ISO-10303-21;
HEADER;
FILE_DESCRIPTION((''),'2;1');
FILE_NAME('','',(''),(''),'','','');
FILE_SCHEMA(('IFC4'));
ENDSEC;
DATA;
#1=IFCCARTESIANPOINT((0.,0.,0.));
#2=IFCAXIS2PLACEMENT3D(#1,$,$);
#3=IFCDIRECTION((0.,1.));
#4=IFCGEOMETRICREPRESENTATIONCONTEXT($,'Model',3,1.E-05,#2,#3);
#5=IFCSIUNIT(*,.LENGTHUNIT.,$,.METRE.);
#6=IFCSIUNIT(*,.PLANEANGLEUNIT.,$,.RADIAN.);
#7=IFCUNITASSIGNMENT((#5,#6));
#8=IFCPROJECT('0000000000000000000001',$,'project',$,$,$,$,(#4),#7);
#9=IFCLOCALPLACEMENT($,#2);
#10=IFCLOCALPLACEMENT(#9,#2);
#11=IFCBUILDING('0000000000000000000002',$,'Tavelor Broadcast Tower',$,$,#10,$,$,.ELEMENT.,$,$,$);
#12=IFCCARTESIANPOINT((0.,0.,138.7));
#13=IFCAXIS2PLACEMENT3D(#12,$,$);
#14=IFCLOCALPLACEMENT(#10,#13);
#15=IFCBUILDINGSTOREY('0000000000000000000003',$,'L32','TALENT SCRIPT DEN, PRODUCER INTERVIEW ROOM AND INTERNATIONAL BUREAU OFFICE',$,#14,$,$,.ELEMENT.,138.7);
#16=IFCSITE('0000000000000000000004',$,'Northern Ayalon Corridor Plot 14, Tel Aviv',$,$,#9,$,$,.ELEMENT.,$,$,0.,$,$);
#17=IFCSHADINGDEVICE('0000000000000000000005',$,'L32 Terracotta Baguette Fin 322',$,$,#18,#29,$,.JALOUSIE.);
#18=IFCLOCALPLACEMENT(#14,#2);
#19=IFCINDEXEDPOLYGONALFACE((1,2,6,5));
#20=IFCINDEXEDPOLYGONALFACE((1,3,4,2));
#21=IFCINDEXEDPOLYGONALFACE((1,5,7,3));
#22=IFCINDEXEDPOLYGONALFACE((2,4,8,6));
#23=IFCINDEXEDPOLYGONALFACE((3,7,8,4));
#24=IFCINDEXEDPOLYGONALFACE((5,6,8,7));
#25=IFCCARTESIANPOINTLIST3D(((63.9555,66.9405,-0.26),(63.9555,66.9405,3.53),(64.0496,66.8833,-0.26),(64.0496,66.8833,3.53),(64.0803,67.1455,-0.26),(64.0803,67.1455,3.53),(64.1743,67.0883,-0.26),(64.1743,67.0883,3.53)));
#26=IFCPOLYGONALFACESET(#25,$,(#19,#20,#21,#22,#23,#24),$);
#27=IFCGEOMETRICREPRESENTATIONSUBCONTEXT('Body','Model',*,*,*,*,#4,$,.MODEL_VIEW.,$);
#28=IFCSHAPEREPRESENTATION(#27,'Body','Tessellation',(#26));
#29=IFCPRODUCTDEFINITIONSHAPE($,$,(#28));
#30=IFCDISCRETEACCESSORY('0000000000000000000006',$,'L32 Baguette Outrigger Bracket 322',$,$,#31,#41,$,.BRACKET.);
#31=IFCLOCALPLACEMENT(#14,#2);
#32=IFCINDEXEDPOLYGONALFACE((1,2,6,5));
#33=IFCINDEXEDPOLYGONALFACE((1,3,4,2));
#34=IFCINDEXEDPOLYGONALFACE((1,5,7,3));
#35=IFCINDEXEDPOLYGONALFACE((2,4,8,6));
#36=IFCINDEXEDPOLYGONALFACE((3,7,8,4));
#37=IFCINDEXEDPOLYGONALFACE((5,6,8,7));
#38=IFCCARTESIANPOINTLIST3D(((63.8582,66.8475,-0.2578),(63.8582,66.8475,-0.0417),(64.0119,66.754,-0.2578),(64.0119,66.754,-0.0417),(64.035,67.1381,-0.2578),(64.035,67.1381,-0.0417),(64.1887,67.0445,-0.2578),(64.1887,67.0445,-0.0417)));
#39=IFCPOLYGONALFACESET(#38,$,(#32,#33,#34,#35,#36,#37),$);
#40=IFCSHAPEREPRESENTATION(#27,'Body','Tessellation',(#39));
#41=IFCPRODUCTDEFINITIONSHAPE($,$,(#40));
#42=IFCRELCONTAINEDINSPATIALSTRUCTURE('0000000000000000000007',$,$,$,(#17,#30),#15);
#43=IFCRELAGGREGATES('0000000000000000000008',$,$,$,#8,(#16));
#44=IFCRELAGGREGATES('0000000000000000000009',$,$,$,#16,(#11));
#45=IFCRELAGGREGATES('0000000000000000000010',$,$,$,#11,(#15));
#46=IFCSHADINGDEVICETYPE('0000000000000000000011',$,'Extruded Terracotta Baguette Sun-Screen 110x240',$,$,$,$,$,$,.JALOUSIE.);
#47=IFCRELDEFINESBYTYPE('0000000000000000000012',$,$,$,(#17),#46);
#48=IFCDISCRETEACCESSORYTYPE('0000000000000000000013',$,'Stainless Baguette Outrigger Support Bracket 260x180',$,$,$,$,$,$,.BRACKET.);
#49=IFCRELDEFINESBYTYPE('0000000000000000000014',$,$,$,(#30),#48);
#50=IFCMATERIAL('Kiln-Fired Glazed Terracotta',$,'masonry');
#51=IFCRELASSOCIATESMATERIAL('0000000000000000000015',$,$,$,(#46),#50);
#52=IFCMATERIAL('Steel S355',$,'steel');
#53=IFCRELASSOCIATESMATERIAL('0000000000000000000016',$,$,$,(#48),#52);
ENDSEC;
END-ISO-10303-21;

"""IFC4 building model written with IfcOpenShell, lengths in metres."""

from ifc_helpers import new_model, si_unit, direction, frame, origin, origin_2d, place, context, subcontext, project, spatial, rectangle, extrude, source, transform, mapped, material, type_object, type_shapes, element, save


model = new_model("IFC4")

# Units and contexts
model_context = context("Model", 3, precision=1e-05, world=origin(), true_north=direction((0.0, 1.0)))
body_context = subcontext(model_context, "Body", "Model", "MODEL_VIEW")
ifc_project = project(units=[si_unit("LENGTHUNIT", "METRE"), si_unit("PLANEANGLEUNIT", "RADIAN")], contexts=[model_context])

# Site, building, storey
site_placement = place(None, origin())
site = spatial("IfcSite", under=ifc_project, at=site_placement, Name="Northern Ayalon Corridor Plot 14, Tel Aviv", CompositionType="ELEMENT", RefElevation=0.0)
building_placement = place(site_placement, origin())
building = spatial("IfcBuilding", under=site, at=building_placement, Name="Tavelor Broadcast Tower", CompositionType="ELEMENT")
storey_placement = place(building_placement, frame((0.0, 0.0, 138.7)))
storey = spatial("IfcBuildingStorey", under=building, at=storey_placement, Name="L32", Description="TALENT SCRIPT DEN, PRODUCER INTERVIEW ROOM AND INTERNATIONAL BUREAU OFFICE", CompositionType="ELEMENT", Elevation=138.7)

# Shared definitions
ifc_material_1 = material(Name="Steel S355", Category="steel")

# Shading device
ifc_material_2 = material(Name="Kiln-Fired Glazed Terracotta", Category="masonry")
shading_device_type = type_object("IfcShadingDeviceType", Name="Extruded Terracotta Baguette Sun-Screen 110x240", PredefinedType="JALOUSIE", material=ifc_material_2)
shared_shape_1 = source(origin(), body_context, "Body", "SweptSolid", [
    extrude(rectangle(XDim=0.1101, YDim=0.24, at=origin_2d()), origin(), (0.0, 0.0, 1.0), 3.79),
])
type_shapes(shading_device_type, [shared_shape_1])
shading_device_placement = place(storey_placement, frame((64.0649, 67.0144, -0.26), z_axis=(0.0, 0.0, 1.0), x_axis=(-0.854277, 0.519817, 0.0)))
element("IfcShadingDevice", 1, at=shading_device_placement, inside=storey, type_object=shading_device_type, Name="L32 Terracotta Baguette Fin 322", PredefinedType="JALOUSIE", context=body_context, shape_type="MappedRepresentation", body=[
    mapped(shared_shape_1, transform((0.0, 0.0, 0.0), scale=1.0)),
])

# Discrete accessory
discrete_accessory_type = type_object("IfcDiscreteAccessoryType", Name="Stainless Baguette Outrigger Support Bracket 260x180", PredefinedType="BRACKET", material=ifc_material_1)
shared_shape_2 = source(origin(), body_context, "Body", "SweptSolid", [
    extrude(rectangle(XDim=0.1799, YDim=0.3401, at=origin_2d()), origin(), (0.0, 0.0, 1.0), 0.2161),
])
type_shapes(discrete_accessory_type, [shared_shape_2])
discrete_accessory_placement = place(storey_placement, frame((64.0234, 66.946, -0.2578), z_axis=(0.0, 0.0, 1.0), x_axis=(-0.854277, 0.519817, 0.0)))
element("IfcDiscreteAccessory", 2, at=discrete_accessory_placement, inside=storey, type_object=discrete_accessory_type, Name="L32 Baguette Outrigger Bracket 322", PredefinedType="BRACKET", context=body_context, shape_type="MappedRepresentation", body=[
    mapped(shared_shape_2, transform((0.0, 0.0, 0.0), scale=1.0)),
])

save(model, "model.ifc")
